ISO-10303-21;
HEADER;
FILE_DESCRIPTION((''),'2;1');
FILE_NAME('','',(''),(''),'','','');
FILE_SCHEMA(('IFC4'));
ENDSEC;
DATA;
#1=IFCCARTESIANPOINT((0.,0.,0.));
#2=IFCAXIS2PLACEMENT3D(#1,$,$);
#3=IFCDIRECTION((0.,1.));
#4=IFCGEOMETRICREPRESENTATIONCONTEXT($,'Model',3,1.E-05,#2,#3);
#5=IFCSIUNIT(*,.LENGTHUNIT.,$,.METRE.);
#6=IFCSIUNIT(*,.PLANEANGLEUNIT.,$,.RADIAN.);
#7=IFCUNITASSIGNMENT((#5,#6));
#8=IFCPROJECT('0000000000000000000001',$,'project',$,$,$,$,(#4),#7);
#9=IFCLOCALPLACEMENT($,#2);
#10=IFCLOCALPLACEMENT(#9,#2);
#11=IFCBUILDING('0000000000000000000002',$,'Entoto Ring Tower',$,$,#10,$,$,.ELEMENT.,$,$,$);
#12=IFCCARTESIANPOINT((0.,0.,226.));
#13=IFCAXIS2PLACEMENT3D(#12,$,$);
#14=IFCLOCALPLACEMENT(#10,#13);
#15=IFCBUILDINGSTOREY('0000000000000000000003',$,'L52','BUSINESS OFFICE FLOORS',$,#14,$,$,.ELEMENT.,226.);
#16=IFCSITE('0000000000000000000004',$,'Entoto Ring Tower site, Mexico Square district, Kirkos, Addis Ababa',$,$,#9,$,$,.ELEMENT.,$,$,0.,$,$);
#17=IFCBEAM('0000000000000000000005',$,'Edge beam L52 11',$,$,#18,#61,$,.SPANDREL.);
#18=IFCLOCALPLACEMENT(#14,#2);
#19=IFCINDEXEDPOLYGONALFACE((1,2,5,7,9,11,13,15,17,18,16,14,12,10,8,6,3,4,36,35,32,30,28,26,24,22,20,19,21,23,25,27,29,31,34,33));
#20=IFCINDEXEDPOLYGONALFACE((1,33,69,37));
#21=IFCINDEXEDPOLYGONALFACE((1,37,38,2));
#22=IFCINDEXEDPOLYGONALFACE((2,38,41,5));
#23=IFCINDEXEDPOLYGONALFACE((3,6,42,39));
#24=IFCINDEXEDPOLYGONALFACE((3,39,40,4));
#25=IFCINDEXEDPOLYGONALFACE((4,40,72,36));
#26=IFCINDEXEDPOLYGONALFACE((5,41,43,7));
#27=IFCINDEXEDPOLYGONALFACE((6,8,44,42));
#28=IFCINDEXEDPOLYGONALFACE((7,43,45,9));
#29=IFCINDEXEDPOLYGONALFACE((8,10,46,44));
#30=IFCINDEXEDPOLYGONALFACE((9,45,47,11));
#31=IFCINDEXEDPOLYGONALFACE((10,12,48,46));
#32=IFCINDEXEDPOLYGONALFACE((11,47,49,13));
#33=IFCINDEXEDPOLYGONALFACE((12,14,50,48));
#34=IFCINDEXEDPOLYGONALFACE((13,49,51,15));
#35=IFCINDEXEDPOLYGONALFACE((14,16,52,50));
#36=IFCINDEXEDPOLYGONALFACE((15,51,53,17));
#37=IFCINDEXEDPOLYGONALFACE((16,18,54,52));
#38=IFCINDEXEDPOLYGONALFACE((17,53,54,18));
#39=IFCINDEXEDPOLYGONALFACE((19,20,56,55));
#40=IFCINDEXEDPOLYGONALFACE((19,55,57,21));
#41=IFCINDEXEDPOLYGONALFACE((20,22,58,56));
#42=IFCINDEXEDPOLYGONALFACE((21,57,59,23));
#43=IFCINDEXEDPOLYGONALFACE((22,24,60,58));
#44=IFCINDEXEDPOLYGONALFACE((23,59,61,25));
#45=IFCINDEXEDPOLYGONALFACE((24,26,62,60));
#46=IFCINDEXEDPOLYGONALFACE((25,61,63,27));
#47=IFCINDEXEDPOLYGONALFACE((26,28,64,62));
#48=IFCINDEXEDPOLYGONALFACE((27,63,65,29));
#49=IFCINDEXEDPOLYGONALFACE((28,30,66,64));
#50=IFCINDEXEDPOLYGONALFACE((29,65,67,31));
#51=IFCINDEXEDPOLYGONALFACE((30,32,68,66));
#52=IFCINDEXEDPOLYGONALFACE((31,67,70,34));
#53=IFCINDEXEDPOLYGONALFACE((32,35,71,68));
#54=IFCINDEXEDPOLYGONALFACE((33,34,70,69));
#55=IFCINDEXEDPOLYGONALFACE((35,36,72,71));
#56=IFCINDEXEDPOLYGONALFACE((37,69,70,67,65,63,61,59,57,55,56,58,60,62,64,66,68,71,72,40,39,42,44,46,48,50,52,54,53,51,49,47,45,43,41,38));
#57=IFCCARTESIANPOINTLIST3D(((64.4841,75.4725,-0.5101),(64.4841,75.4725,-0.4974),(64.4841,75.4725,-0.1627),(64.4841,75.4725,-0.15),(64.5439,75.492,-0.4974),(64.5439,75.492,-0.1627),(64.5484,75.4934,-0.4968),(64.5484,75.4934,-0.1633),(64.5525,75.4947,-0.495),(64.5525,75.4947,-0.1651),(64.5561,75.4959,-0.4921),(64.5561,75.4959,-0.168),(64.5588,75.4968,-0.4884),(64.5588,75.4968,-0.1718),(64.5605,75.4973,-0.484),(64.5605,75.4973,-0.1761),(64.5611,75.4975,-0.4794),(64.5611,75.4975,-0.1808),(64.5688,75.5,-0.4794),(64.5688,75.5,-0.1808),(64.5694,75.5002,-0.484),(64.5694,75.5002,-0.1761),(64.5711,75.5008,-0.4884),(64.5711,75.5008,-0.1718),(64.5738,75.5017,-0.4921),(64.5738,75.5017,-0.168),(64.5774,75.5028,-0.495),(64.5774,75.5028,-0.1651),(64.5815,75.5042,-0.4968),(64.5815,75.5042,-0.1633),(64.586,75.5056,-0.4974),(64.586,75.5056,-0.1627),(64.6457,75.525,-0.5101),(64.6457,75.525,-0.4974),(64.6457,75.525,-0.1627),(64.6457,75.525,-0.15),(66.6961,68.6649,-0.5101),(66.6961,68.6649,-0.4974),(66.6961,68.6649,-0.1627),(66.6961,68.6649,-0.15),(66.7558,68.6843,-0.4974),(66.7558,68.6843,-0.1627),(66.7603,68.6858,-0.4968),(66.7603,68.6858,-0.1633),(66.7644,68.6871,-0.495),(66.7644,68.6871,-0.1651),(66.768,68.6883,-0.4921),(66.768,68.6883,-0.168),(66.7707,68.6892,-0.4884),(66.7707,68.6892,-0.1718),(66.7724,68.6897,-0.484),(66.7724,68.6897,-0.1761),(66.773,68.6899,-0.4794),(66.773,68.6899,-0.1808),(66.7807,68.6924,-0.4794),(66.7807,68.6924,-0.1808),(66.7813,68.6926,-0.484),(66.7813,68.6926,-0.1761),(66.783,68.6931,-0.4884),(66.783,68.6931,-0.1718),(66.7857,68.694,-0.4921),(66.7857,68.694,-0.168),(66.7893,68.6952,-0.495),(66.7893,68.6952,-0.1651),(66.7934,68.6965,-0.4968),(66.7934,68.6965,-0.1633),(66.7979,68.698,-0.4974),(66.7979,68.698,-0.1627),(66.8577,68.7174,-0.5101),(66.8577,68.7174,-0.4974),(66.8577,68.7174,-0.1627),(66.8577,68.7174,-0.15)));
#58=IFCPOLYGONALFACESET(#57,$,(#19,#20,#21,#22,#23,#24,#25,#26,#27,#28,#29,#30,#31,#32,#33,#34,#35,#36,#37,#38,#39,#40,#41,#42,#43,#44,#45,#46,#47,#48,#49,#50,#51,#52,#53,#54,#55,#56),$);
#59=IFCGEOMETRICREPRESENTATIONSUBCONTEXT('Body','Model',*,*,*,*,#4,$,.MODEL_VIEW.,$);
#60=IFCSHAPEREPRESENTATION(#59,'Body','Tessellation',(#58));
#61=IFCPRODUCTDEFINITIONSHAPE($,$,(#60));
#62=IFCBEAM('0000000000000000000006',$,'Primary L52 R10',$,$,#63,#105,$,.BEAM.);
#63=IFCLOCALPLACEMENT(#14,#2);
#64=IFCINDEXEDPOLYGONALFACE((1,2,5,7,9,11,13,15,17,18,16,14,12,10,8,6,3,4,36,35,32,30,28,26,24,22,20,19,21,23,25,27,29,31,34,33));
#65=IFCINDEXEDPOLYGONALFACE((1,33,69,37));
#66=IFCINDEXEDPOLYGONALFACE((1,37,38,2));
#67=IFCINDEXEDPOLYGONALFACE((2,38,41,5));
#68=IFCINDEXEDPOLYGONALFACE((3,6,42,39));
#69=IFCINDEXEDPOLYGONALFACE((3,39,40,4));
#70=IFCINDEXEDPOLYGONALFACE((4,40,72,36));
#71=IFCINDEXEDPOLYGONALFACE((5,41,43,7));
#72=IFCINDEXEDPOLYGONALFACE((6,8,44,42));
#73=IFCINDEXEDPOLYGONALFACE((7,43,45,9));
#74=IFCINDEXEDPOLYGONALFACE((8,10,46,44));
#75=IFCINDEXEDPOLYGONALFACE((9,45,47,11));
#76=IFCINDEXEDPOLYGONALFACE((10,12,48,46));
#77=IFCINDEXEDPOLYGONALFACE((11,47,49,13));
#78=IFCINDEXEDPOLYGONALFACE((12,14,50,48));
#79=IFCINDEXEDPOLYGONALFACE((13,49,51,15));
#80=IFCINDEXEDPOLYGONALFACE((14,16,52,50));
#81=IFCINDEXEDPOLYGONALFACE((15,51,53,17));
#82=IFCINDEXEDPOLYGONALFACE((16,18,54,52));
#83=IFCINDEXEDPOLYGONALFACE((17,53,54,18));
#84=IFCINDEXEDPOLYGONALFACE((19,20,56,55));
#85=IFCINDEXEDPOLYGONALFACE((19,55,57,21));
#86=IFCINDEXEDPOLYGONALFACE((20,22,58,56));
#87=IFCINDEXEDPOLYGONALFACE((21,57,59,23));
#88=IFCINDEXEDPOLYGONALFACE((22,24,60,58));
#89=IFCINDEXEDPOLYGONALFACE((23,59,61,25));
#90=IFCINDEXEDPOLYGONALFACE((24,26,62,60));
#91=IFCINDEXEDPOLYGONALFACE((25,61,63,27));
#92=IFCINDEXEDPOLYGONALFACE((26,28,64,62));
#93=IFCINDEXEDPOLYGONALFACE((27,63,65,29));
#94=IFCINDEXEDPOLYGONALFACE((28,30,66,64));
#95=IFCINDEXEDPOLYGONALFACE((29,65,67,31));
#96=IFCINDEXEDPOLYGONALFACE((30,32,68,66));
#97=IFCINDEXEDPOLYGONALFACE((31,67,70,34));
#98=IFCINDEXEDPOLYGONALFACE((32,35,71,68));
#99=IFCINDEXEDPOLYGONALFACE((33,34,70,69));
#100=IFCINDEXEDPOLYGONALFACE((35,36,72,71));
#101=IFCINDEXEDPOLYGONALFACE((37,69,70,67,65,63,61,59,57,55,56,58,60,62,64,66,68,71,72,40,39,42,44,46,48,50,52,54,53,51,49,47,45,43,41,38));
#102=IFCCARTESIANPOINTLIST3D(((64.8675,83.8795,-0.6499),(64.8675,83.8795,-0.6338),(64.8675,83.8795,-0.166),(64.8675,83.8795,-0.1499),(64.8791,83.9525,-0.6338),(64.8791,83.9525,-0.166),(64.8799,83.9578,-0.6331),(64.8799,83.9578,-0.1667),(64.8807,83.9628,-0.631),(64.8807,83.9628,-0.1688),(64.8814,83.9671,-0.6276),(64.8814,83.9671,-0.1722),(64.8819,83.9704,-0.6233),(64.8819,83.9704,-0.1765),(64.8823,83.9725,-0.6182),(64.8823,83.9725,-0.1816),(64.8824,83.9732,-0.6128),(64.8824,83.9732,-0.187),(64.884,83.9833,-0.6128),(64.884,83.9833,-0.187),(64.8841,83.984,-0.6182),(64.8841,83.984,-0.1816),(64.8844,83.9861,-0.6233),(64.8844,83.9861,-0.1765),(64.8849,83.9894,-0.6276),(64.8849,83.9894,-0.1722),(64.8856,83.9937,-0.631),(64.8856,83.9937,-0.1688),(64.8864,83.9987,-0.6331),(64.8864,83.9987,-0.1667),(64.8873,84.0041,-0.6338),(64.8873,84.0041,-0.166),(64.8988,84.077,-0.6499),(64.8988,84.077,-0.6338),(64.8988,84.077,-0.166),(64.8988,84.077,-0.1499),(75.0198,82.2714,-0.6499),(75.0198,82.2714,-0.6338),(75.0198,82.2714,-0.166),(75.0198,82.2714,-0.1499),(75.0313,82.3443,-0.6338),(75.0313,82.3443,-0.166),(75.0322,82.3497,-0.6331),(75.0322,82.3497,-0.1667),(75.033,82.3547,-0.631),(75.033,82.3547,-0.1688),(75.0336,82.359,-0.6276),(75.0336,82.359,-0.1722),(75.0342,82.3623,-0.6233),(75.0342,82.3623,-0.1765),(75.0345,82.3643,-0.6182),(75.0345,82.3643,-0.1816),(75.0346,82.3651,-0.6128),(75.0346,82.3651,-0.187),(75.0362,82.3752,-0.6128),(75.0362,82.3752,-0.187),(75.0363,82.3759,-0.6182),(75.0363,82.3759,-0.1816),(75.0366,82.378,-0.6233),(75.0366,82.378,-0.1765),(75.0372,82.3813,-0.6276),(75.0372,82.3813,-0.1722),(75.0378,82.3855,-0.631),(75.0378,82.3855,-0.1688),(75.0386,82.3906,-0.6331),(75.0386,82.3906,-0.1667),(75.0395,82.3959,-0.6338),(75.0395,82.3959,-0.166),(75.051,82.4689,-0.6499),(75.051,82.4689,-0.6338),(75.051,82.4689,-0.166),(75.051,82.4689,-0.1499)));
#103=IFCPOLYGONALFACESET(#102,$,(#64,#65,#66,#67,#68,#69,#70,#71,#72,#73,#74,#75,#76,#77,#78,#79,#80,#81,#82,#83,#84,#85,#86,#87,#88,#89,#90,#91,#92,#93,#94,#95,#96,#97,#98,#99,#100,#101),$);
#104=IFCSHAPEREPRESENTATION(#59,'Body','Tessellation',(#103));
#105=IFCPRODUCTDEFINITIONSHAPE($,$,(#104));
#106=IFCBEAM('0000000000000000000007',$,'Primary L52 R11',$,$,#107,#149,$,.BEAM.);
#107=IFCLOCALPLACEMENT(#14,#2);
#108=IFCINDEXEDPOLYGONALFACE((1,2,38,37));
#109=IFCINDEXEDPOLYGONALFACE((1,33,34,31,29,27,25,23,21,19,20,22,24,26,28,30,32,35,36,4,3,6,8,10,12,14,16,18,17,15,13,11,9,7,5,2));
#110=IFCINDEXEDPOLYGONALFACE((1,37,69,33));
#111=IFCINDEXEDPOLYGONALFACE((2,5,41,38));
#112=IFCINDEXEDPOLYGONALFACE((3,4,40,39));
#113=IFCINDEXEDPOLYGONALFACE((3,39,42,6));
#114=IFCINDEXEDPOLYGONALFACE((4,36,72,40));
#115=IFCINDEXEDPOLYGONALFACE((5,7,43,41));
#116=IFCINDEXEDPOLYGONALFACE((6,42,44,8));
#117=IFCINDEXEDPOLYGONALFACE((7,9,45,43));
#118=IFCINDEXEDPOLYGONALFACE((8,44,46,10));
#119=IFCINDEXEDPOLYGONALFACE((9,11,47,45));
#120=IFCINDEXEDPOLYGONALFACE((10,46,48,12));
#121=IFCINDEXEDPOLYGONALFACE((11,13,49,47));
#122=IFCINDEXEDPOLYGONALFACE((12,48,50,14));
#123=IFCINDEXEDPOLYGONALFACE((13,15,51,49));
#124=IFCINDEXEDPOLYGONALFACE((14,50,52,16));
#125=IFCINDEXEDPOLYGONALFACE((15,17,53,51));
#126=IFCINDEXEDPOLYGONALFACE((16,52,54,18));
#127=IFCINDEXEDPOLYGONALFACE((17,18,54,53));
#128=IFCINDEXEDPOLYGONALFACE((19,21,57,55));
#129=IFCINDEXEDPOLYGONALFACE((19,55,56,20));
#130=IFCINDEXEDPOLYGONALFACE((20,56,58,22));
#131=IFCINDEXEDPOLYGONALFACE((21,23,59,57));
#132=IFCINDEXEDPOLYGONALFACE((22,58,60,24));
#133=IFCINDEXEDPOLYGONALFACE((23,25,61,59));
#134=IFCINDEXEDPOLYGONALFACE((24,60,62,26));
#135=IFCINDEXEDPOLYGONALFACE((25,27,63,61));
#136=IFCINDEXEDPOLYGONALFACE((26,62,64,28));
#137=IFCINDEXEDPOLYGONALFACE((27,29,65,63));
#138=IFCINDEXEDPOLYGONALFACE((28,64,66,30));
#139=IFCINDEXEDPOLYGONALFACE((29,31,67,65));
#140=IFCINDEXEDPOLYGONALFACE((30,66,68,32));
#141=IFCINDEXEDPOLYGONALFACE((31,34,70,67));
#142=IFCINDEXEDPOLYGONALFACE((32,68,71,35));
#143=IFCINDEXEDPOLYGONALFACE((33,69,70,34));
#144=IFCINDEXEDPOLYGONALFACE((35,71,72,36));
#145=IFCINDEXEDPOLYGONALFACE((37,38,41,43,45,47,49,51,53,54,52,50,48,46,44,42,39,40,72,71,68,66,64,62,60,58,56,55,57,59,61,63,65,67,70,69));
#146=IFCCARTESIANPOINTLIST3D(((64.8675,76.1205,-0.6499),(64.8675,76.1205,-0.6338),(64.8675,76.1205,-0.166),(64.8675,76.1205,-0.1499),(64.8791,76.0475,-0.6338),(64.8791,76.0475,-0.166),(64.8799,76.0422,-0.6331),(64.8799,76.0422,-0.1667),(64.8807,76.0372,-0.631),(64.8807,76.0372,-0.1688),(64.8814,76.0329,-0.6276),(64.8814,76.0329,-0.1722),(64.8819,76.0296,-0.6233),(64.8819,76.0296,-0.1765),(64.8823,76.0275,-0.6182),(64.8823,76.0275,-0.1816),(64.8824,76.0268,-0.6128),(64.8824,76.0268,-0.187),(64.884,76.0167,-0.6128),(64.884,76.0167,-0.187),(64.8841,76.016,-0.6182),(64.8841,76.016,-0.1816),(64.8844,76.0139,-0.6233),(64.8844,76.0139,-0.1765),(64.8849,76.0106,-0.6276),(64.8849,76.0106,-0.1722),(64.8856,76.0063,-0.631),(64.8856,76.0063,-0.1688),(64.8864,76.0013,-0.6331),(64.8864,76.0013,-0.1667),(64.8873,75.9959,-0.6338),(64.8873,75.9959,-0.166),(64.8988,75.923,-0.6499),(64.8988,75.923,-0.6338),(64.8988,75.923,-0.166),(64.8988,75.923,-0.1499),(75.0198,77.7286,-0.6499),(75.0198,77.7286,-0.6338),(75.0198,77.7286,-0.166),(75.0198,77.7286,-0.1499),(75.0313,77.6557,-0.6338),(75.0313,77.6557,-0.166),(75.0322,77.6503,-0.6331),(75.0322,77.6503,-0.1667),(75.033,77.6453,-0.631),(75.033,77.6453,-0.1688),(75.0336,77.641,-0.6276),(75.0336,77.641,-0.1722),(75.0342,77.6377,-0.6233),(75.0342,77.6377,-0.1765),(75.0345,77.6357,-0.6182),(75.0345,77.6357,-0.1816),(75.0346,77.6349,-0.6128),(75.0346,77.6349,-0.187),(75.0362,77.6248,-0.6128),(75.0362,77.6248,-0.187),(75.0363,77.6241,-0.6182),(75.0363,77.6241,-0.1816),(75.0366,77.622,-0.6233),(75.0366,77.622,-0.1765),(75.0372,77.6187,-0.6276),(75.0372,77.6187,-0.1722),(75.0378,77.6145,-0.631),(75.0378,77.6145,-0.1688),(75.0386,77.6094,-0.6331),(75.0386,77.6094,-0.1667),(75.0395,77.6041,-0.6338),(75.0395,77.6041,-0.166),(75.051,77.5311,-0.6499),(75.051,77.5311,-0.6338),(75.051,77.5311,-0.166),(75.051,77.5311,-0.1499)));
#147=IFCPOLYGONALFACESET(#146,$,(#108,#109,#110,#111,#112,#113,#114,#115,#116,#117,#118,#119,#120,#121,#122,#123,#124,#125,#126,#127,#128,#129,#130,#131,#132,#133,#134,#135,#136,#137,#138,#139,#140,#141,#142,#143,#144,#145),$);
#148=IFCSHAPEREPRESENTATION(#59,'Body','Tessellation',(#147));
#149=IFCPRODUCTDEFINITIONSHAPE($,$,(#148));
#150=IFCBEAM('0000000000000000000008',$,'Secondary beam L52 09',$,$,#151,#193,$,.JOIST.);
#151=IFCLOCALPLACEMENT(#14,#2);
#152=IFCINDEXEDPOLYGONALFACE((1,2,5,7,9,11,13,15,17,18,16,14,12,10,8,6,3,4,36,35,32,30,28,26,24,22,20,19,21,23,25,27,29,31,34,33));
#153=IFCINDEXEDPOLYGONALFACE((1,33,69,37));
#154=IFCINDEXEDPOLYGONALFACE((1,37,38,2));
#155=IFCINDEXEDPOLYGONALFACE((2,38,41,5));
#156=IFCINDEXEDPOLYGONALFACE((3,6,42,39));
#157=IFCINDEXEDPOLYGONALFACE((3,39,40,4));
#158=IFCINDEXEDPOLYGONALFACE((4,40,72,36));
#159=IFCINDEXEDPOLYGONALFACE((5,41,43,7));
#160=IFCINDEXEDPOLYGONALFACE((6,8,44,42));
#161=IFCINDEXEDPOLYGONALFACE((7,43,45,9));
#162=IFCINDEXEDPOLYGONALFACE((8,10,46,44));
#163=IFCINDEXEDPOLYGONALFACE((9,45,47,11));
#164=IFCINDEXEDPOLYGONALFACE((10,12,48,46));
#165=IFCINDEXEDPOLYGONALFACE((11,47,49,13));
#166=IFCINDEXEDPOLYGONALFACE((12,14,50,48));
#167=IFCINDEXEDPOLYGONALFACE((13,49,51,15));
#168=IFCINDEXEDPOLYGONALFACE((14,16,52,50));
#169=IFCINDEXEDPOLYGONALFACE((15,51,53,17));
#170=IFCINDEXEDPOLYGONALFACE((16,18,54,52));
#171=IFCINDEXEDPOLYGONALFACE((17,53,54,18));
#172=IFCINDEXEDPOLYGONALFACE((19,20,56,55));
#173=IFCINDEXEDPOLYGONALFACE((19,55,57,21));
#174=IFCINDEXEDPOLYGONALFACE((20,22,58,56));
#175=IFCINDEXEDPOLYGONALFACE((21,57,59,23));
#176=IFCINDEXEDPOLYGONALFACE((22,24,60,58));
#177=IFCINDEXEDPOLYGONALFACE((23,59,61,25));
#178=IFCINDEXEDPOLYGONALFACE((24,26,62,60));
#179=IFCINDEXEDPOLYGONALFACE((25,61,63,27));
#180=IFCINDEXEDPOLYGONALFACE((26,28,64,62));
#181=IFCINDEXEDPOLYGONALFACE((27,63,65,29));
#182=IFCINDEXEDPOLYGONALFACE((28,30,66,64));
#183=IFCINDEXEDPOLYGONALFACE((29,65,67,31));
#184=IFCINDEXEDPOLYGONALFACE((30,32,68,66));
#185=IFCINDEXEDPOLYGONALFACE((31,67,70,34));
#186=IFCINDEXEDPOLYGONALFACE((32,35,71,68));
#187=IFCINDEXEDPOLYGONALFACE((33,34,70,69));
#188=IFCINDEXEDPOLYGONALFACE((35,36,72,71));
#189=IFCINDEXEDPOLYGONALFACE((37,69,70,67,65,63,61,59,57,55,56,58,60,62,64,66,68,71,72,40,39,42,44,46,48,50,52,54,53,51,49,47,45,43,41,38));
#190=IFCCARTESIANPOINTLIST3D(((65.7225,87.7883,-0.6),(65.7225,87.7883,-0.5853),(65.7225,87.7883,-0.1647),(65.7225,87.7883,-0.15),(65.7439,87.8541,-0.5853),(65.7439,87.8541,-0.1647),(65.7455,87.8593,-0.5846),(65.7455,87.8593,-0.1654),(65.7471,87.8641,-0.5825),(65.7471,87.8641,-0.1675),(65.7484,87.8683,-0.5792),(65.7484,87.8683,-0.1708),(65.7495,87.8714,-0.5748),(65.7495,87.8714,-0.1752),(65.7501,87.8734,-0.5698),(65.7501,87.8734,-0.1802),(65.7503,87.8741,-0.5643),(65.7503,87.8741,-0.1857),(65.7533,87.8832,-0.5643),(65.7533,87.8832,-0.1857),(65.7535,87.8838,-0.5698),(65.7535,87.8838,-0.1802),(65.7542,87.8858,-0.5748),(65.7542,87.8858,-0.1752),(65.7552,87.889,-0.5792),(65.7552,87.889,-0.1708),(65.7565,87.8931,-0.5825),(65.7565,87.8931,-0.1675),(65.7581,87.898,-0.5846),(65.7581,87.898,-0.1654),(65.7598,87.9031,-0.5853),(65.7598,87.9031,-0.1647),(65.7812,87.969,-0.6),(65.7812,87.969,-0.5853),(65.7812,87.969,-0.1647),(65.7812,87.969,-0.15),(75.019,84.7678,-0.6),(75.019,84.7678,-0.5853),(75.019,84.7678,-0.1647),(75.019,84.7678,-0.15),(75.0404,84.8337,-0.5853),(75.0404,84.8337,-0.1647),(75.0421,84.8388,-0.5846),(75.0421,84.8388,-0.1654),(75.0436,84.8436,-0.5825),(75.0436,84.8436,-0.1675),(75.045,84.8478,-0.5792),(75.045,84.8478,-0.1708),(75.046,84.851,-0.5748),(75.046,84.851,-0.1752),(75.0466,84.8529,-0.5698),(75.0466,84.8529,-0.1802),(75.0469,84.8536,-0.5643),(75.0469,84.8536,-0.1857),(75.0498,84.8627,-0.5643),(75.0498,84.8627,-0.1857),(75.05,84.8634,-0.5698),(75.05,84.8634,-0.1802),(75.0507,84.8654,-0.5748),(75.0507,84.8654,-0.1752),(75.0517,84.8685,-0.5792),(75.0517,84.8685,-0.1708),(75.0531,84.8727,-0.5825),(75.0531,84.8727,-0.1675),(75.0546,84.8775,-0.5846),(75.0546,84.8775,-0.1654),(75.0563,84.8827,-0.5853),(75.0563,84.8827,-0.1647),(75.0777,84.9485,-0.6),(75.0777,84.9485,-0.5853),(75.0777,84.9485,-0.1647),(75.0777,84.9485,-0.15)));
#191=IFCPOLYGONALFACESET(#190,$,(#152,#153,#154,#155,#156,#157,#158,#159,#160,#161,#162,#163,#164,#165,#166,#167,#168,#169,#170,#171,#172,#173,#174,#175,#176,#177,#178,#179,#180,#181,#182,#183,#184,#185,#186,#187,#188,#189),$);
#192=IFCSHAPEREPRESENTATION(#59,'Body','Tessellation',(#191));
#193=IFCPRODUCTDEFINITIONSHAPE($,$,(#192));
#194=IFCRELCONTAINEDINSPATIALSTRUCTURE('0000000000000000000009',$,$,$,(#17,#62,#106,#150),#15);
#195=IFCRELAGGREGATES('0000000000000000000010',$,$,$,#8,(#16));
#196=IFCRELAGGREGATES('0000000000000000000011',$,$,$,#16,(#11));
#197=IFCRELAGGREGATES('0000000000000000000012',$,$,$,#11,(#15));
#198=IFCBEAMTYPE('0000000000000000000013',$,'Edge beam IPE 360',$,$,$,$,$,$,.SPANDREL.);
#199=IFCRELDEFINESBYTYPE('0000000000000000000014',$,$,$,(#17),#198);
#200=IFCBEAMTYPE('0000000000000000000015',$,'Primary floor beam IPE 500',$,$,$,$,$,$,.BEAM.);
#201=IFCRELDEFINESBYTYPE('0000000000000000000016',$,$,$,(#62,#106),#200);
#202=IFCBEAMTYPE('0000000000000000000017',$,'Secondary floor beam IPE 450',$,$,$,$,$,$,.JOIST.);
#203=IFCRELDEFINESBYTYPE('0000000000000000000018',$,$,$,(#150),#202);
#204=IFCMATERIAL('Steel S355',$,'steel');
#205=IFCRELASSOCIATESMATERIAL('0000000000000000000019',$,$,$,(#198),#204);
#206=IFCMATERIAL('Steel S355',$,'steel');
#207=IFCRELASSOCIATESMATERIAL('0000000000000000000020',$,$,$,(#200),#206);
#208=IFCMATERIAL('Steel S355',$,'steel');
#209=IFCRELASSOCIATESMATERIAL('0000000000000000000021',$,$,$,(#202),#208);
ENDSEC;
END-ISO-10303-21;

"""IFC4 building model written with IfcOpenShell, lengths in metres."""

from ifc_helpers import new_model, si_unit, direction, frame, origin, origin_2d, place, context, subcontext, project, spatial, i_section, extrude, material, material_profile, profile_set, type_object, element, save


model = new_model("IFC4")

# Units and contexts
model_context = context("Model", 3, precision=1e-05, world=origin(), true_north=direction((0.0, 1.0)))
body_context = subcontext(model_context, "Body", "Model", "MODEL_VIEW")
ifc_project = project(units=[si_unit("LENGTHUNIT", "METRE"), si_unit("PLANEANGLEUNIT", "RADIAN")], contexts=[model_context])

# Site, building, storey
site_placement = place(None, origin())
site = spatial("IfcSite", under=ifc_project, at=site_placement, Name="Entoto Ring Tower site, Mexico Square district, Kirkos, Addis Ababa", CompositionType="ELEMENT", RefElevation=0.0)
building_placement = place(site_placement, origin())
building = spatial("IfcBuilding", under=site, at=building_placement, Name="Entoto Ring Tower", CompositionType="ELEMENT")
storey_placement = place(building_placement, frame((0.0, 0.0, 226.0)))
storey = spatial("IfcBuildingStorey", under=building, at=storey_placement, Name="L52", Description="BUSINESS OFFICE FLOORS", CompositionType="ELEMENT", Elevation=226.0)

# Beams
ifc_material_1 = material(Name="Steel S355", Category="steel")
ifc_material_profile_1 = material_profile(ifc_material_1, i_section(OverallWidth=0.1699, OverallDepth=0.3601, WebThickness=0.0081, FlangeThickness=0.0127, FilletRadius=0.0181, at=origin_2d()), Name="IPE 360")
ifc_profile_set_1 = profile_set([ifc_material_profile_1], Name="Steel S355")
beam_type_1 = type_object("IfcBeamType", Name="Edge beam IPE 360", PredefinedType="SPANDREL", material=ifc_profile_set_1)
beam_1_placement = place(storey_placement, frame((64.5649, 75.4988, -0.3301), z_axis=(0.309015, -0.951057, 0.0), x_axis=(0.951057, 0.309015, 0.0)))
element("IfcBeam", 1, at=beam_1_placement, inside=storey, type_object=beam_type_1, Name="Edge beam L52 11", PredefinedType="SPANDREL", context=body_context, shape_type="SweptSolid", body=[
    extrude(i_section(OverallWidth=0.1699, OverallDepth=0.3601, WebThickness=0.0081, FlangeThickness=0.0127, FilletRadius=0.0181, at=origin_2d()), origin(), (0.0, 0.0, 1.0), 7.158),
])
ifc_material_2 = material(Name="Steel S355", Category="steel")
ifc_material_profile_2 = material_profile(ifc_material_2, i_section(OverallWidth=0.2, OverallDepth=0.5, WebThickness=0.0103, FlangeThickness=0.0161, FilletRadius=0.021, at=origin_2d()), Name="IPE 500")
ifc_profile_set_2 = profile_set([ifc_material_profile_2], Name="Steel S355")
beam_type_2 = type_object("IfcBeamType", Name="Primary floor beam IPE 500", PredefinedType="BEAM", material=ifc_profile_set_2)
for number, where, z_axis, x_axis, name in (
    (2, (75.0354, 82.3701, -0.3999), (-0.987686, 0.156452, 0.0), (-0.156452, -0.987686, 0.0), "Primary L52 R10"),
    (3, (75.0354, 77.6299, -0.3999), (-0.987686, -0.156452, 0.0), (0.156452, -0.987686, 0.0), "Primary L52 R11"),
):
    element("IfcBeam", number, at=place(storey_placement, frame(where, z_axis=z_axis, x_axis=x_axis)), inside=storey, type_object=beam_type_2, Name=name, PredefinedType="BEAM", context=body_context, shape_type="SweptSolid", body=[
        extrude(i_section(OverallWidth=0.2, OverallDepth=0.5, WebThickness=0.0103, FlangeThickness=0.0161, FilletRadius=0.021, at=origin_2d()), origin(), (0.0, 0.0, 1.0), 10.2788),
    ])
ifc_material_3 = material(Name="Steel S355", Category="steel")
ifc_material_profile_3 = material_profile(ifc_material_3, i_section(OverallWidth=0.1899, OverallDepth=0.45, WebThickness=0.0095, FlangeThickness=0.0146, FilletRadius=0.021, at=origin_2d()), Name="IPE 450")
ifc_profile_set_3 = profile_set([ifc_material_profile_3], Name="Steel S355")
beam_type_3 = type_object("IfcBeamType", Name="Secondary floor beam IPE 450", PredefinedType="JOIST", material=ifc_profile_set_3)
beam_2_placement = place(storey_placement, frame((75.0483, 84.8582, -0.375), z_axis=(-0.951061, 0.309003, 0.0), x_axis=(-0.309003, -0.951061, 0.0)))
element("IfcBeam", 4, at=beam_2_placement, inside=storey, type_object=beam_type_3, Name="Secondary beam L52 09", PredefinedType="JOIST", context=body_context, shape_type="SweptSolid", body=[
    extrude(i_section(OverallWidth=0.1899, OverallDepth=0.45, WebThickness=0.0095, FlangeThickness=0.0146, FilletRadius=0.021, at=origin_2d()), origin(), (0.0, 0.0, 1.0), 9.7749),
])

save(model, "model.ifc")
